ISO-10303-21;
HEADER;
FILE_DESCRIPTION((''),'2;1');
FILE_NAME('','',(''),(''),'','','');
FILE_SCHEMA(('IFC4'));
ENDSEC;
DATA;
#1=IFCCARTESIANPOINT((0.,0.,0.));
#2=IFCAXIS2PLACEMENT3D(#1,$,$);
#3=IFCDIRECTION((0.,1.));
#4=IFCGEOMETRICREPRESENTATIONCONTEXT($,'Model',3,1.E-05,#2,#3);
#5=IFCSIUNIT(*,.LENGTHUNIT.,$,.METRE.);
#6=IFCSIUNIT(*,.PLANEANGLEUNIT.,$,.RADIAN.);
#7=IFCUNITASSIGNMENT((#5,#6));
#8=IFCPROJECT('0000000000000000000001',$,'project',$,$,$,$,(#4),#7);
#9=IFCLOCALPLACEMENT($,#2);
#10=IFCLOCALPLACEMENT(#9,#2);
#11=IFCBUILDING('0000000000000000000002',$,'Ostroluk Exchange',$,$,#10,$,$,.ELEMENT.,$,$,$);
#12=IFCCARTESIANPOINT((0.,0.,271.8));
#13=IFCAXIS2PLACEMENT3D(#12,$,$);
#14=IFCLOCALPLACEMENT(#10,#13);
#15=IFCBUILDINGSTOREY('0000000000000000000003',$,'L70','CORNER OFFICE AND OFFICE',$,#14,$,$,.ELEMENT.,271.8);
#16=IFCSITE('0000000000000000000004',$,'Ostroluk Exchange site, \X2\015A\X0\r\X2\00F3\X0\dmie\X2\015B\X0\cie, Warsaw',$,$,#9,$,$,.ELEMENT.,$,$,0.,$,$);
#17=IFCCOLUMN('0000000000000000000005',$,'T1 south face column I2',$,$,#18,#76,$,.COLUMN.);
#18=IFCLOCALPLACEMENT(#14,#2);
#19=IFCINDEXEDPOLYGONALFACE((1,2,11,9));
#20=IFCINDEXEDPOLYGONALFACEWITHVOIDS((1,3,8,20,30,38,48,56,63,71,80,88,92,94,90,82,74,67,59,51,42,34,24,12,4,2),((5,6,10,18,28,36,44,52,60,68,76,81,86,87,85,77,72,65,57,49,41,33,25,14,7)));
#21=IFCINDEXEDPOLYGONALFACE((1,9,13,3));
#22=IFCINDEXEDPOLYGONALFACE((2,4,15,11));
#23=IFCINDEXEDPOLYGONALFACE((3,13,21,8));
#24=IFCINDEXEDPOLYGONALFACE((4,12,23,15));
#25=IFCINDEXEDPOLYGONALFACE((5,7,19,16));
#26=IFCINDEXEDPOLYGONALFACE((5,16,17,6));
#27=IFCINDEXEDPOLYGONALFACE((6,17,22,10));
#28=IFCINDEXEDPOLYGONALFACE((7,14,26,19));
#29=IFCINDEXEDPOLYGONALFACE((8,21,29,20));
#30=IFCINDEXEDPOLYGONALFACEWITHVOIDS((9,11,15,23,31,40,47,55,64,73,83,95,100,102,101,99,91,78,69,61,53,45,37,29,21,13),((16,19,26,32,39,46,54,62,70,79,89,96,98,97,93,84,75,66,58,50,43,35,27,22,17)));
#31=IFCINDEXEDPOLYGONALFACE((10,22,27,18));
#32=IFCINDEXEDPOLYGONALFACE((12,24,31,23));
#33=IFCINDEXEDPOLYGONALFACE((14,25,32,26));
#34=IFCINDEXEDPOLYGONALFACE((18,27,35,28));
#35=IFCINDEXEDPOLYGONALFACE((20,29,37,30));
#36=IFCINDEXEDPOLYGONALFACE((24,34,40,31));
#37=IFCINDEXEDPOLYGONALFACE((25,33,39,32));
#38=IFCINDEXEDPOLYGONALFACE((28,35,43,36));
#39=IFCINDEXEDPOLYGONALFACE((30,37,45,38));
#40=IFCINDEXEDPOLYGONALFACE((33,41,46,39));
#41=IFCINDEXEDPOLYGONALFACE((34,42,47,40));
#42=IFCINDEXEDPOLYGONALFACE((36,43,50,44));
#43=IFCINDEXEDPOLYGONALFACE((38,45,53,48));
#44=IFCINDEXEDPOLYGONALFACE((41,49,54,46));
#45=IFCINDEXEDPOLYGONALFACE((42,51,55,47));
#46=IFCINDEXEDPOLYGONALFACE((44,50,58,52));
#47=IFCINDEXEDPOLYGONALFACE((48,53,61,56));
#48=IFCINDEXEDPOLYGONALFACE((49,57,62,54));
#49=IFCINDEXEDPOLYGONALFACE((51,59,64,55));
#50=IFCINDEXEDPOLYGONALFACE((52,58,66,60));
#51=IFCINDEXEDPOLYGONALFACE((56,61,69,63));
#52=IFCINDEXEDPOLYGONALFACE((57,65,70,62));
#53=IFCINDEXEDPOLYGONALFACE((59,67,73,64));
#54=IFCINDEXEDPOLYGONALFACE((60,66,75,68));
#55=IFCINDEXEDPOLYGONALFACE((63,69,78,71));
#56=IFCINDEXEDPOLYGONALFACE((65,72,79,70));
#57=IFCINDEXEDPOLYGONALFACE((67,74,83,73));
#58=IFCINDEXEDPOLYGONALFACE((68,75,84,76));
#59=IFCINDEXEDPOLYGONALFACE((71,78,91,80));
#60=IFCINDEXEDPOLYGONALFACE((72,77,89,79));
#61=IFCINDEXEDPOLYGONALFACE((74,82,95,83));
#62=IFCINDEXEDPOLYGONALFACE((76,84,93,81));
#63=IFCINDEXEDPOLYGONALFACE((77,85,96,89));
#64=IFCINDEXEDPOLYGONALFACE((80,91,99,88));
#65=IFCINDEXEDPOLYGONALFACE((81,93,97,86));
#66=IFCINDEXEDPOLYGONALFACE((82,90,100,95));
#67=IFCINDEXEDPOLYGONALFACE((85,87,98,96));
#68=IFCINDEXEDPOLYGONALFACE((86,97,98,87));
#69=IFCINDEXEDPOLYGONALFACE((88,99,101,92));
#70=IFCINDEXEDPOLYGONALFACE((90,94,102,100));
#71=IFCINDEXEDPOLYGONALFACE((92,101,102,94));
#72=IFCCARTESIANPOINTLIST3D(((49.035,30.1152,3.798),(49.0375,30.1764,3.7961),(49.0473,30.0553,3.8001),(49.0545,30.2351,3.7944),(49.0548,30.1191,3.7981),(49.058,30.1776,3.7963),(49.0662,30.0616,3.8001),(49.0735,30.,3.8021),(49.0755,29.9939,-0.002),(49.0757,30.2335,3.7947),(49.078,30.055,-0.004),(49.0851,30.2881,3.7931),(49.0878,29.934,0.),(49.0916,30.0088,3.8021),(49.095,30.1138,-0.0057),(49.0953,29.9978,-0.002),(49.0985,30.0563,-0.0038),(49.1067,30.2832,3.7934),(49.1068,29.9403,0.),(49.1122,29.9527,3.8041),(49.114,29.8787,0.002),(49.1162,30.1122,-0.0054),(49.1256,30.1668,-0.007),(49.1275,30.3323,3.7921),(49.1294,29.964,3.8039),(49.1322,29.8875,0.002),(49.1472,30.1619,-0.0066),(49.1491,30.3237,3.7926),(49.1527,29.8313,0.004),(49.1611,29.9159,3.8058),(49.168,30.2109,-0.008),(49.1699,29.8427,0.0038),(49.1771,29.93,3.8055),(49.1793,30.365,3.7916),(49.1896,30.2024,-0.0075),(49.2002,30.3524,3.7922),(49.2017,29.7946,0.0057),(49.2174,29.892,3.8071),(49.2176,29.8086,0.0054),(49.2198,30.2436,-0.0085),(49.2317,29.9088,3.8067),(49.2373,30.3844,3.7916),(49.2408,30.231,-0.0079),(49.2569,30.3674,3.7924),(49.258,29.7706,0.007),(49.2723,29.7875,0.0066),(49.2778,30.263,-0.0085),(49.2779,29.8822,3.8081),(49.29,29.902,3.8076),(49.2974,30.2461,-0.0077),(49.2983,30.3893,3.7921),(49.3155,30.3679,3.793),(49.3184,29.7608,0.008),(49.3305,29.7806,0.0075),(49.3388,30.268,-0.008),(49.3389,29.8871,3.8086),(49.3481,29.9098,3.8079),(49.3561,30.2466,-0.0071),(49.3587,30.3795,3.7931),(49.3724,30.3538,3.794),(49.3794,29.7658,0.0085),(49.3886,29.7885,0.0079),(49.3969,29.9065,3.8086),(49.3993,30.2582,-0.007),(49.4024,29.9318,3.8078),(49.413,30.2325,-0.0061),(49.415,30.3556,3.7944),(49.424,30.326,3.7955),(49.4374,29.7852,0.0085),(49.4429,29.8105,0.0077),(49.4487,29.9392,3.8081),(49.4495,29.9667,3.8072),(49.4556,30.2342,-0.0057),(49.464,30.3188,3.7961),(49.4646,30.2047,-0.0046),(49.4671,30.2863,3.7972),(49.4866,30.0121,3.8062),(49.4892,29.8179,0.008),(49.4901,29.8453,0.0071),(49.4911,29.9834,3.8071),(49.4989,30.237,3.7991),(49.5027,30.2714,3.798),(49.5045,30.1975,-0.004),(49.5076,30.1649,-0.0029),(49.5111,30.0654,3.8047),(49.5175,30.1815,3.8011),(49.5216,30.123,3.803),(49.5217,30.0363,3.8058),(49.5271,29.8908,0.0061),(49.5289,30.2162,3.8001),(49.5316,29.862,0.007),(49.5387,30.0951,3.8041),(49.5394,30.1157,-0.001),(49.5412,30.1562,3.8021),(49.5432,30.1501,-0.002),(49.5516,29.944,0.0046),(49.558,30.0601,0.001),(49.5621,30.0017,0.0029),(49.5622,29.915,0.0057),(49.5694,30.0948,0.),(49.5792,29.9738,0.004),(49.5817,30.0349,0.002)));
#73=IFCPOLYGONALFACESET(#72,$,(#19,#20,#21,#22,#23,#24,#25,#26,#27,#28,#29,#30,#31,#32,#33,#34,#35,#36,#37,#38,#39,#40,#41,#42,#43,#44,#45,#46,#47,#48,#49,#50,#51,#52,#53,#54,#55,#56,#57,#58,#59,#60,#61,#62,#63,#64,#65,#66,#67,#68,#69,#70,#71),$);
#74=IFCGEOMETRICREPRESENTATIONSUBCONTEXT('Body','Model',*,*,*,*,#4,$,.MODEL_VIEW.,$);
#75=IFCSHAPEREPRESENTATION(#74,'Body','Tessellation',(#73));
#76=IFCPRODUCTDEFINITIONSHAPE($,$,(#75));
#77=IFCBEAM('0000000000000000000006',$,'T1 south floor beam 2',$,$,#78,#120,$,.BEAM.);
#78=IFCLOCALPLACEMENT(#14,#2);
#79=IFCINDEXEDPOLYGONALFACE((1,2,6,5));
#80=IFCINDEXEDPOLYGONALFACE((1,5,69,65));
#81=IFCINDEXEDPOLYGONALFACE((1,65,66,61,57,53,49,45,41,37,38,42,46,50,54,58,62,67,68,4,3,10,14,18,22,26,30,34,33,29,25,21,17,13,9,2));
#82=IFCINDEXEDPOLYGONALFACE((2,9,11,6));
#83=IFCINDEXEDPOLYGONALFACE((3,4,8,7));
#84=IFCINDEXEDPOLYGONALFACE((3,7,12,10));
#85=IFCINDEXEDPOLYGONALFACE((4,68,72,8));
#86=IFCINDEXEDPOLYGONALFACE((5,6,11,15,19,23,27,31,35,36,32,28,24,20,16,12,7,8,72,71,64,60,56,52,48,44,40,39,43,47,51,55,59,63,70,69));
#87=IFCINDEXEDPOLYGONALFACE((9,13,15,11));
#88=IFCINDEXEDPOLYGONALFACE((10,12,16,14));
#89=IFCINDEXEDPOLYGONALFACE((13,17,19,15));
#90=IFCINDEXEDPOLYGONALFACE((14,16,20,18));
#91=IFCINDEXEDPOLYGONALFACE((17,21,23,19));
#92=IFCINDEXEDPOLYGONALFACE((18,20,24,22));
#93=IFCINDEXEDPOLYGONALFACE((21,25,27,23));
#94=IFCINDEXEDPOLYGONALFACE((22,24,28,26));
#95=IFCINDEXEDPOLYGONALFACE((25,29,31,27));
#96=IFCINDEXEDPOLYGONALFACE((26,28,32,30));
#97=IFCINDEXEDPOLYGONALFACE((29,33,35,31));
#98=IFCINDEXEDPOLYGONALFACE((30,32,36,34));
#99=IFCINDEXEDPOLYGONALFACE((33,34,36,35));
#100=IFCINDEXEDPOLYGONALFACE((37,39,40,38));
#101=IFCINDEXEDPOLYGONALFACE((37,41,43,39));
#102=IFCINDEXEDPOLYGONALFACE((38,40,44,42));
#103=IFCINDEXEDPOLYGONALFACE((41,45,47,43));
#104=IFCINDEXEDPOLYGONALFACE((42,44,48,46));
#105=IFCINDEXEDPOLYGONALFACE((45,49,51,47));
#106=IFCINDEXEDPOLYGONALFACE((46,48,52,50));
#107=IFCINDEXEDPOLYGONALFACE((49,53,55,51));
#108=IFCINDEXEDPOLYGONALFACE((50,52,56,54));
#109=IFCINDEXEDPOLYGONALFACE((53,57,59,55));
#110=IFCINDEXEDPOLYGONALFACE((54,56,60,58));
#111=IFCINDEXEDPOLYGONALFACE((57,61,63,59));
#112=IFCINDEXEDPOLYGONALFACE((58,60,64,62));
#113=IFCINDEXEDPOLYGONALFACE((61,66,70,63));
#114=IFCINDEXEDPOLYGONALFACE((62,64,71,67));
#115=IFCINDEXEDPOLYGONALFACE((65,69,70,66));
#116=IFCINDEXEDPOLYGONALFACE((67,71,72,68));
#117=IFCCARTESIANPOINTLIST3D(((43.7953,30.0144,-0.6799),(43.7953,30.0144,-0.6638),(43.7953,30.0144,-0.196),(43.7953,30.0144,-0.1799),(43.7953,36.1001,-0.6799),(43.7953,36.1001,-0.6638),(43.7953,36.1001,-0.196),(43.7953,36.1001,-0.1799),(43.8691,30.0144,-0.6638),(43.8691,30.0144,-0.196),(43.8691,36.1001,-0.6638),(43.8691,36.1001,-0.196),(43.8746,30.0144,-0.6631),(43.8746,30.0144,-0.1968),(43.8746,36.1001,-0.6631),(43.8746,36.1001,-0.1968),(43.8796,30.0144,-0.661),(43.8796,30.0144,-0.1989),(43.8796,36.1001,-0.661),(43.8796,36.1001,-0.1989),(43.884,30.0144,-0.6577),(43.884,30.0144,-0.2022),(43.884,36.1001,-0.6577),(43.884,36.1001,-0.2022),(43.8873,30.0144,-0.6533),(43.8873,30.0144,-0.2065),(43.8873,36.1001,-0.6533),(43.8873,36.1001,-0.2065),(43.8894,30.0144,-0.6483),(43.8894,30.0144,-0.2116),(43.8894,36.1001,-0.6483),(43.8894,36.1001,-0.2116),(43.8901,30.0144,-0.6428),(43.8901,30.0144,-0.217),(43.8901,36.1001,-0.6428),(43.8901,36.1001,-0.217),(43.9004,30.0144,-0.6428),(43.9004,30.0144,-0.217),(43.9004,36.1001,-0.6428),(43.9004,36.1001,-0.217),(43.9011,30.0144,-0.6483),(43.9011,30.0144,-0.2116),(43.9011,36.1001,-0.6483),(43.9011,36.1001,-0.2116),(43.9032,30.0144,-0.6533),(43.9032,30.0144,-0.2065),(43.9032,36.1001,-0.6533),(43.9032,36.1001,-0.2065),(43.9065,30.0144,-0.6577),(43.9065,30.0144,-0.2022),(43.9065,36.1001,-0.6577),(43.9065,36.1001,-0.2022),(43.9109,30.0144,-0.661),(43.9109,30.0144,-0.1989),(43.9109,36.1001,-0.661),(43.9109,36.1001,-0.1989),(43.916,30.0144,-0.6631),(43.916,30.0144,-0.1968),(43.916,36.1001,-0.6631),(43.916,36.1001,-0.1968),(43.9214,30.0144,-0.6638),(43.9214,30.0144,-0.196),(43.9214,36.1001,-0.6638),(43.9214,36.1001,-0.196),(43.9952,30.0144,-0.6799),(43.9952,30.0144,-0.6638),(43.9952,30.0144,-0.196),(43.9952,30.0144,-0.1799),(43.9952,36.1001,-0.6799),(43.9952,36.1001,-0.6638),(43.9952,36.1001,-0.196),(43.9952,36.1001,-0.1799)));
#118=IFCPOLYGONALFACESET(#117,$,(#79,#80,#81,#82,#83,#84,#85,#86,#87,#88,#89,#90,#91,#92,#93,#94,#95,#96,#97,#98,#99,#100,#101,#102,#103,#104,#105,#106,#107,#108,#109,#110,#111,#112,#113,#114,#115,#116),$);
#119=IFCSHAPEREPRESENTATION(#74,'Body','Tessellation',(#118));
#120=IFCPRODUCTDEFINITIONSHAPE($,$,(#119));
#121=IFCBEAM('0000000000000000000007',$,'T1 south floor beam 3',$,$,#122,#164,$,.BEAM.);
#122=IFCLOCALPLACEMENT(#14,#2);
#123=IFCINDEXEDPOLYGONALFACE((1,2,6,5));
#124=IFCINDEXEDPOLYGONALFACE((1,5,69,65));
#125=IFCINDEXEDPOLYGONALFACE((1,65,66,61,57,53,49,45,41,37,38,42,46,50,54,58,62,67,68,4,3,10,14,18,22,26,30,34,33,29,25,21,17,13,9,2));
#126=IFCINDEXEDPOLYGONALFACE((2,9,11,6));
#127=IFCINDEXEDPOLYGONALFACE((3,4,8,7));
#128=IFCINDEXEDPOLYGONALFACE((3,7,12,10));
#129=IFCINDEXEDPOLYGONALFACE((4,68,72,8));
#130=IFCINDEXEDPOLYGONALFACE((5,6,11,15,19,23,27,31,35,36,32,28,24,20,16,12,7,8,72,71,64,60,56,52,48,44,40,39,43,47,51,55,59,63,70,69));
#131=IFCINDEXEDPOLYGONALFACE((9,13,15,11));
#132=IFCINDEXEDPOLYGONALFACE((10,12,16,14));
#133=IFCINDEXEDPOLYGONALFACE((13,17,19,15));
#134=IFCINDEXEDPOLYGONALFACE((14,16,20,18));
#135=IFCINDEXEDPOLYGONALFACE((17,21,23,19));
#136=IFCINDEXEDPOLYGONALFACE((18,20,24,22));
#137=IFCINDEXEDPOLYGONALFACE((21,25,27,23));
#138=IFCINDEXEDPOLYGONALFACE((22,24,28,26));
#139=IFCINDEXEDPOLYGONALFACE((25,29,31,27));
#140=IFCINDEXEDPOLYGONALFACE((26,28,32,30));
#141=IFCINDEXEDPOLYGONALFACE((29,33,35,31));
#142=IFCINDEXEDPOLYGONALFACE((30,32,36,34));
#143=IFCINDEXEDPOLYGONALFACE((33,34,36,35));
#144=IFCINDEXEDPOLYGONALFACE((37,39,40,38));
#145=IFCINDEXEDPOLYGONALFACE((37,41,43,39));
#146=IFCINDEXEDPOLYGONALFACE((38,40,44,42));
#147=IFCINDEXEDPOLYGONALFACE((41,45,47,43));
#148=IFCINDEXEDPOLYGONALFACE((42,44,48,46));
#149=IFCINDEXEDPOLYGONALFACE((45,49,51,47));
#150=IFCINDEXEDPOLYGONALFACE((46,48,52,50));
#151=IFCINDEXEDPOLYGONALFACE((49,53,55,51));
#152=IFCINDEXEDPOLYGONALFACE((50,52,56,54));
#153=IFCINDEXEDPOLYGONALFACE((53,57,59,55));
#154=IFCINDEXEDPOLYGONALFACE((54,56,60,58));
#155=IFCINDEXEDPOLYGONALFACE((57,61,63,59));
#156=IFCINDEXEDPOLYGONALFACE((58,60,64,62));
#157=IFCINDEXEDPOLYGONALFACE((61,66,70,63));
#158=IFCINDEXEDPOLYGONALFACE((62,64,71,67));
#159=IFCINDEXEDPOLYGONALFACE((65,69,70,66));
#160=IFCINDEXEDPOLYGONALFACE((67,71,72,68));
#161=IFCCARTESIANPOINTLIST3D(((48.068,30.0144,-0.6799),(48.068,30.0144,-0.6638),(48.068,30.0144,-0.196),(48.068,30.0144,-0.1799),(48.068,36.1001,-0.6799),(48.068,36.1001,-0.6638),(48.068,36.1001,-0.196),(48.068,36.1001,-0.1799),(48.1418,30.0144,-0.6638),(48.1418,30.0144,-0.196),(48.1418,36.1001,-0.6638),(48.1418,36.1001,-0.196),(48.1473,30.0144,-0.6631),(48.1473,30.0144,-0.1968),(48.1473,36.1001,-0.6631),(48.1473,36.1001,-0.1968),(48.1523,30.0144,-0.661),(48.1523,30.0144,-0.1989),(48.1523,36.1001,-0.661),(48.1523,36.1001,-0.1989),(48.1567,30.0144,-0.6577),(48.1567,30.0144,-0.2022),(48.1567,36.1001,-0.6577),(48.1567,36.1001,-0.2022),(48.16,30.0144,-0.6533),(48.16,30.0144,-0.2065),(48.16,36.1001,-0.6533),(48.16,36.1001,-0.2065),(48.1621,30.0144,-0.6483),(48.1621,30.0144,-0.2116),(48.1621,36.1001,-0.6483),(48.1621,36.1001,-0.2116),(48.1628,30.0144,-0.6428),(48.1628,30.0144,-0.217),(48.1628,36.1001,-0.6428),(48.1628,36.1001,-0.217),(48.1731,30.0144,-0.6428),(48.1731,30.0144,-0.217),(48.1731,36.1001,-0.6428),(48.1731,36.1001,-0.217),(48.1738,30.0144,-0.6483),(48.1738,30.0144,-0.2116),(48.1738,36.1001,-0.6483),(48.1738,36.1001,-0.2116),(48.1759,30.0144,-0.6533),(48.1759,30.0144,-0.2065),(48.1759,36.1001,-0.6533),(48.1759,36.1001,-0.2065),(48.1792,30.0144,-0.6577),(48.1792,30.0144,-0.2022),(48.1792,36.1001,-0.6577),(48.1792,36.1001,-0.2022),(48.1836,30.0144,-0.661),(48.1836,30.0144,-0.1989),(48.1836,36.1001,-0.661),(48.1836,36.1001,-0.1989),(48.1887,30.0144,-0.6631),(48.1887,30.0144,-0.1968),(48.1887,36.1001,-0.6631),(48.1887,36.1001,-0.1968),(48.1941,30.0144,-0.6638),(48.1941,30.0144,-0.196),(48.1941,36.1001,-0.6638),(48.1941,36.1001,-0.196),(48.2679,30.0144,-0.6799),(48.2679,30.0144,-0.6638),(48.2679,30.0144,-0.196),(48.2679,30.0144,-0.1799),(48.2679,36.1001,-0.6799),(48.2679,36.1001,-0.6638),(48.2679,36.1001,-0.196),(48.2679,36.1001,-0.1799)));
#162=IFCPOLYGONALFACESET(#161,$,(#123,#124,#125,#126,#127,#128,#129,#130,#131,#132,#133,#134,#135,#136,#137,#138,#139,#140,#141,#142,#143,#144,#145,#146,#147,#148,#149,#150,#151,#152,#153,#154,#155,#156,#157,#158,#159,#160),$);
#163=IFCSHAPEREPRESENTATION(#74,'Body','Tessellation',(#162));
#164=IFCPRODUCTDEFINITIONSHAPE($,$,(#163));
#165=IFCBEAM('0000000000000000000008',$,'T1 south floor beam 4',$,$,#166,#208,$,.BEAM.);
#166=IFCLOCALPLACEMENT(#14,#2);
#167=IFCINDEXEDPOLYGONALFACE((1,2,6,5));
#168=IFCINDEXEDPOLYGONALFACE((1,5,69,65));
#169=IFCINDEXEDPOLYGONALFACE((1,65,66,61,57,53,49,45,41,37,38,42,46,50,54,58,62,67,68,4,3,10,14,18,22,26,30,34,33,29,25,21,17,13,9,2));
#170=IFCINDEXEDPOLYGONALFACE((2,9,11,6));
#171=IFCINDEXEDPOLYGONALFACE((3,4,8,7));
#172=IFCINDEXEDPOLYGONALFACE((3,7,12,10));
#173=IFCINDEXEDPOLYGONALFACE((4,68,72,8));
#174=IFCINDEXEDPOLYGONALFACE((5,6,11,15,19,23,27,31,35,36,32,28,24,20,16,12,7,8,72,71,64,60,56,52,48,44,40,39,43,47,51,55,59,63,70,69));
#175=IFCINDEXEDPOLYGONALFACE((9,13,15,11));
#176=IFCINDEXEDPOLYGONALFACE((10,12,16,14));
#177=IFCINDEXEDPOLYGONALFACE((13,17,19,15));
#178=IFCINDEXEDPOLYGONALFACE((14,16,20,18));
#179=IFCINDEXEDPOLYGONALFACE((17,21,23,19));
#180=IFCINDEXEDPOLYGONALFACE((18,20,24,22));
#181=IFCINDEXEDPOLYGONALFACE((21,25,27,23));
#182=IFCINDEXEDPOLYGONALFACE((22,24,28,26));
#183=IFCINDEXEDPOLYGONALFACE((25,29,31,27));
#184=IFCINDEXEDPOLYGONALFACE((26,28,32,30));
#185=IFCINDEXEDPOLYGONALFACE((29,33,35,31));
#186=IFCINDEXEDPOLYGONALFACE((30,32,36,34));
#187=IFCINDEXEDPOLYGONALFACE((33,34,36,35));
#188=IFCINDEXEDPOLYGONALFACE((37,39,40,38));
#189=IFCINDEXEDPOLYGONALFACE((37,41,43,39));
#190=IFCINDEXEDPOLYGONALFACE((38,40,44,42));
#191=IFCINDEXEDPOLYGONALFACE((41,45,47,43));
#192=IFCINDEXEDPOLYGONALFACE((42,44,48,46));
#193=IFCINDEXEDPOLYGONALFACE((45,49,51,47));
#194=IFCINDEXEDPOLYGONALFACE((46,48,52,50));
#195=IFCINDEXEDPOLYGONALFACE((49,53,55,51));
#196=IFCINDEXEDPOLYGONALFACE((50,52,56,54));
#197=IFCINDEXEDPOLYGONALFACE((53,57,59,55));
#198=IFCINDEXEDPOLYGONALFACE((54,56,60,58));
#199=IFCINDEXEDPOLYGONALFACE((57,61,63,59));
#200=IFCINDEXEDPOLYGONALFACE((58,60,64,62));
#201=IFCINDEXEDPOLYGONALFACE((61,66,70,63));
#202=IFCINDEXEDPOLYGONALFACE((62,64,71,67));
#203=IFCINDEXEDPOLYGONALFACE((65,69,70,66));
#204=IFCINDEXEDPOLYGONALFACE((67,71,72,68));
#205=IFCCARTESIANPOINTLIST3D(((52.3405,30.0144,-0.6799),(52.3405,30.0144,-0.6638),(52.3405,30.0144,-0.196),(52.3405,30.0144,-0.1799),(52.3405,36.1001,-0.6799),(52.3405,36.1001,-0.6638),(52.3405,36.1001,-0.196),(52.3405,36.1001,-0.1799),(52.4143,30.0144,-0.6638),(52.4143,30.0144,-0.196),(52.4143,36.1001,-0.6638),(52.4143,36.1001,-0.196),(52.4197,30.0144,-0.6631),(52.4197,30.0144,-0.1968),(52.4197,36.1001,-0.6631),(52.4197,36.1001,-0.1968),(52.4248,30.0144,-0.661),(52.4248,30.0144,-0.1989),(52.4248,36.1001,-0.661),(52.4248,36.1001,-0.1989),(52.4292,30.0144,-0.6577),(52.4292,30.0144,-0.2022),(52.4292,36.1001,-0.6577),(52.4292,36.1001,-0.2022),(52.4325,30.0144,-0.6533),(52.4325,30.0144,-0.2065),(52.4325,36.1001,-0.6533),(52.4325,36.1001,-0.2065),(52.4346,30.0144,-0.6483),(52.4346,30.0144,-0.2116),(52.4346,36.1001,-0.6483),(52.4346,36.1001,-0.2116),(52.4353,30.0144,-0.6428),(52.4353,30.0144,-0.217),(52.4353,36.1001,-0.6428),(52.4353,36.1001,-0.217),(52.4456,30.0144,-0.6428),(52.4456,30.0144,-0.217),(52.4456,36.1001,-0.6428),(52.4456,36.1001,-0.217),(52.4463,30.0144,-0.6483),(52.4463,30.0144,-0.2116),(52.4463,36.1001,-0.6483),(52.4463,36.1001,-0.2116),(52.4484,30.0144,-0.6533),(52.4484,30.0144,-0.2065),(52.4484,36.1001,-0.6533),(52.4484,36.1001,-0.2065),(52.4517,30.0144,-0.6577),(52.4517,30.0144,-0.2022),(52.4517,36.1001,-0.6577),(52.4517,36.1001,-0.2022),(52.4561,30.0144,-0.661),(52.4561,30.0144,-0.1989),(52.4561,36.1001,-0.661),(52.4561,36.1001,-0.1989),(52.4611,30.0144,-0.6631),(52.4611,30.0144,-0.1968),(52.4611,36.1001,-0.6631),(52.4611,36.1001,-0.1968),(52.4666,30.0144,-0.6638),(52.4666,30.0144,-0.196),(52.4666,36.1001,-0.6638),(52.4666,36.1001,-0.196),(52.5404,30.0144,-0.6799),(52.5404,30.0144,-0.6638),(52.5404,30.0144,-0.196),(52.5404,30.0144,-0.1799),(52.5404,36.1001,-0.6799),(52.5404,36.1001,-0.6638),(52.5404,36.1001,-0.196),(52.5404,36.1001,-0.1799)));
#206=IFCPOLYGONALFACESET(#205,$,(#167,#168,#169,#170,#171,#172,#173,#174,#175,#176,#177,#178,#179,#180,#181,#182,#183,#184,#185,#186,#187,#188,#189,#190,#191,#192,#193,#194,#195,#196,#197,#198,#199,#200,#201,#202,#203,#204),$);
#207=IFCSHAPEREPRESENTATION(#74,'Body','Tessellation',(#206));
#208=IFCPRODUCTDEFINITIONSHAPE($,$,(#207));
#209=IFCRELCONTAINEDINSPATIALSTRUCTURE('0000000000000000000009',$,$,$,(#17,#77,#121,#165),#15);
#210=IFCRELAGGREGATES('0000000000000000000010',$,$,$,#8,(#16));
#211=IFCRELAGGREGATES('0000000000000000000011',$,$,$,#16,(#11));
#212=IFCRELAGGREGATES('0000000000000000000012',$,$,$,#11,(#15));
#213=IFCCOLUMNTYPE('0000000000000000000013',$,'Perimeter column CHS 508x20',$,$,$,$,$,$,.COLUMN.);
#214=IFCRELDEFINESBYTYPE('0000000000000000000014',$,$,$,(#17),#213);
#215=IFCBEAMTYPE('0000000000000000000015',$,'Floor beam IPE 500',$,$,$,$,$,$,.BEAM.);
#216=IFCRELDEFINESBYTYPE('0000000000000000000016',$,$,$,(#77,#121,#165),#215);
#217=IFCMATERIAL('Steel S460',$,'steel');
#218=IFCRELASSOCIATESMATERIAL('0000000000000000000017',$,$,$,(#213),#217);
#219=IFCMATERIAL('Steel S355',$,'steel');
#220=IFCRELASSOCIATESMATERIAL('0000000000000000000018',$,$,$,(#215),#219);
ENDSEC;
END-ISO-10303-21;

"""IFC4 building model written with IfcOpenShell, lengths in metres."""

from ifc_helpers import new_model, si_unit, direction, frame, origin, origin_2d, place, context, subcontext, project, spatial, hollow_circle, i_section, extrude, material, material_profile, profile_set, type_object, element, save


model = new_model("IFC4")

# Units and contexts
model_context = context("Model", 3, precision=1e-05, world=origin(), true_north=direction((0.0, 1.0)))
body_context = subcontext(model_context, "Body", "Model", "MODEL_VIEW")
ifc_project = project(units=[si_unit("LENGTHUNIT", "METRE"), si_unit("PLANEANGLEUNIT", "RADIAN")], contexts=[model_context])

# Site, building, storey
site_placement = place(None, origin())
site = spatial("IfcSite", under=ifc_project, at=site_placement, Name="Ostroluk Exchange site, Śródmieście, Warsaw", CompositionType="ELEMENT", RefElevation=0.0)
building_placement = place(site_placement, origin())
building = spatial("IfcBuilding", under=site, at=building_placement, Name="Ostroluk Exchange", CompositionType="ELEMENT")
storey_placement = place(building_placement, frame((0.0, 0.0, 271.8)))
storey = spatial("IfcBuildingStorey", under=building, at=storey_placement, Name="L70", Description="CORNER OFFICE AND OFFICE", CompositionType="ELEMENT", Elevation=271.8)

# Column
ifc_material_1 = material(Name="Steel S460", Category="steel")
ifc_material_profile_1 = material_profile(ifc_material_1, hollow_circle(Radius=0.2539, WallThickness=0.02, at=origin_2d()), Name="CHS 508x20")
ifc_profile_set_1 = profile_set([ifc_material_profile_1], Name="Steel S460")
column_type = type_object("IfcColumnType", Name="Perimeter column CHS 508x20", PredefinedType="COLUMN", material=ifc_profile_set_1)
column_placement = place(storey_placement, frame((49.3286, 30.0144, 0.0), z_axis=(-0.010659, 0.031913, 0.999434), x_axis=(-0.948492, -0.3168, 0.0)))
element("IfcColumn", 1, at=column_placement, inside=storey, type_object=column_type, Name="T1 south face column I2", PredefinedType="COLUMN", context=body_context, shape_type="SweptSolid", body=[
    extrude(hollow_circle(Radius=0.2539, WallThickness=0.02, at=origin_2d()), origin(), (0.0, 0.0, 1.0), 3.8022),
])

# Beams
ifc_material_2 = material(Name="Steel S355", Category="steel")
ifc_material_profile_2 = material_profile(ifc_material_2, i_section(OverallWidth=0.2, OverallDepth=0.5, WebThickness=0.0103, FlangeThickness=0.0161, FilletRadius=0.021, at=origin_2d()), Name="IPE 500")
ifc_profile_set_2 = profile_set([ifc_material_profile_2], Name="Steel S355")
beam_type_1 = type_object("IfcBeamType", Name="Floor beam IPE 500", PredefinedType="BEAM", material=ifc_profile_set_2)
for number, where, z_axis, x_axis, name in (
    (2, (43.8953, 36.1001, -0.4299), (0.0, -1.0, 0.0), (1.0, 0.0, 0.0), "T1 south floor beam 2"),
    (3, (48.168, 36.1001, -0.4299), (0.0, -1.0, 0.0), (1.0, 0.0, 0.0), "T1 south floor beam 3"),
    (4, (52.4404, 36.1001, -0.4299), (0.0, -1.0, 0.0), (1.0, 0.0, 0.0), "T1 south floor beam 4"),
):
    element("IfcBeam", number, at=place(storey_placement, frame(where, z_axis=z_axis, x_axis=x_axis)), inside=storey, type_object=beam_type_1, Name=name, PredefinedType="BEAM", context=body_context, shape_type="SweptSolid", body=[
        extrude(i_section(OverallWidth=0.2, OverallDepth=0.5, WebThickness=0.0103, FlangeThickness=0.0161, FilletRadius=0.021, at=origin_2d()), origin(), (0.0, 0.0, 1.0), 6.0857),
    ])

save(model, "model.ifc")
